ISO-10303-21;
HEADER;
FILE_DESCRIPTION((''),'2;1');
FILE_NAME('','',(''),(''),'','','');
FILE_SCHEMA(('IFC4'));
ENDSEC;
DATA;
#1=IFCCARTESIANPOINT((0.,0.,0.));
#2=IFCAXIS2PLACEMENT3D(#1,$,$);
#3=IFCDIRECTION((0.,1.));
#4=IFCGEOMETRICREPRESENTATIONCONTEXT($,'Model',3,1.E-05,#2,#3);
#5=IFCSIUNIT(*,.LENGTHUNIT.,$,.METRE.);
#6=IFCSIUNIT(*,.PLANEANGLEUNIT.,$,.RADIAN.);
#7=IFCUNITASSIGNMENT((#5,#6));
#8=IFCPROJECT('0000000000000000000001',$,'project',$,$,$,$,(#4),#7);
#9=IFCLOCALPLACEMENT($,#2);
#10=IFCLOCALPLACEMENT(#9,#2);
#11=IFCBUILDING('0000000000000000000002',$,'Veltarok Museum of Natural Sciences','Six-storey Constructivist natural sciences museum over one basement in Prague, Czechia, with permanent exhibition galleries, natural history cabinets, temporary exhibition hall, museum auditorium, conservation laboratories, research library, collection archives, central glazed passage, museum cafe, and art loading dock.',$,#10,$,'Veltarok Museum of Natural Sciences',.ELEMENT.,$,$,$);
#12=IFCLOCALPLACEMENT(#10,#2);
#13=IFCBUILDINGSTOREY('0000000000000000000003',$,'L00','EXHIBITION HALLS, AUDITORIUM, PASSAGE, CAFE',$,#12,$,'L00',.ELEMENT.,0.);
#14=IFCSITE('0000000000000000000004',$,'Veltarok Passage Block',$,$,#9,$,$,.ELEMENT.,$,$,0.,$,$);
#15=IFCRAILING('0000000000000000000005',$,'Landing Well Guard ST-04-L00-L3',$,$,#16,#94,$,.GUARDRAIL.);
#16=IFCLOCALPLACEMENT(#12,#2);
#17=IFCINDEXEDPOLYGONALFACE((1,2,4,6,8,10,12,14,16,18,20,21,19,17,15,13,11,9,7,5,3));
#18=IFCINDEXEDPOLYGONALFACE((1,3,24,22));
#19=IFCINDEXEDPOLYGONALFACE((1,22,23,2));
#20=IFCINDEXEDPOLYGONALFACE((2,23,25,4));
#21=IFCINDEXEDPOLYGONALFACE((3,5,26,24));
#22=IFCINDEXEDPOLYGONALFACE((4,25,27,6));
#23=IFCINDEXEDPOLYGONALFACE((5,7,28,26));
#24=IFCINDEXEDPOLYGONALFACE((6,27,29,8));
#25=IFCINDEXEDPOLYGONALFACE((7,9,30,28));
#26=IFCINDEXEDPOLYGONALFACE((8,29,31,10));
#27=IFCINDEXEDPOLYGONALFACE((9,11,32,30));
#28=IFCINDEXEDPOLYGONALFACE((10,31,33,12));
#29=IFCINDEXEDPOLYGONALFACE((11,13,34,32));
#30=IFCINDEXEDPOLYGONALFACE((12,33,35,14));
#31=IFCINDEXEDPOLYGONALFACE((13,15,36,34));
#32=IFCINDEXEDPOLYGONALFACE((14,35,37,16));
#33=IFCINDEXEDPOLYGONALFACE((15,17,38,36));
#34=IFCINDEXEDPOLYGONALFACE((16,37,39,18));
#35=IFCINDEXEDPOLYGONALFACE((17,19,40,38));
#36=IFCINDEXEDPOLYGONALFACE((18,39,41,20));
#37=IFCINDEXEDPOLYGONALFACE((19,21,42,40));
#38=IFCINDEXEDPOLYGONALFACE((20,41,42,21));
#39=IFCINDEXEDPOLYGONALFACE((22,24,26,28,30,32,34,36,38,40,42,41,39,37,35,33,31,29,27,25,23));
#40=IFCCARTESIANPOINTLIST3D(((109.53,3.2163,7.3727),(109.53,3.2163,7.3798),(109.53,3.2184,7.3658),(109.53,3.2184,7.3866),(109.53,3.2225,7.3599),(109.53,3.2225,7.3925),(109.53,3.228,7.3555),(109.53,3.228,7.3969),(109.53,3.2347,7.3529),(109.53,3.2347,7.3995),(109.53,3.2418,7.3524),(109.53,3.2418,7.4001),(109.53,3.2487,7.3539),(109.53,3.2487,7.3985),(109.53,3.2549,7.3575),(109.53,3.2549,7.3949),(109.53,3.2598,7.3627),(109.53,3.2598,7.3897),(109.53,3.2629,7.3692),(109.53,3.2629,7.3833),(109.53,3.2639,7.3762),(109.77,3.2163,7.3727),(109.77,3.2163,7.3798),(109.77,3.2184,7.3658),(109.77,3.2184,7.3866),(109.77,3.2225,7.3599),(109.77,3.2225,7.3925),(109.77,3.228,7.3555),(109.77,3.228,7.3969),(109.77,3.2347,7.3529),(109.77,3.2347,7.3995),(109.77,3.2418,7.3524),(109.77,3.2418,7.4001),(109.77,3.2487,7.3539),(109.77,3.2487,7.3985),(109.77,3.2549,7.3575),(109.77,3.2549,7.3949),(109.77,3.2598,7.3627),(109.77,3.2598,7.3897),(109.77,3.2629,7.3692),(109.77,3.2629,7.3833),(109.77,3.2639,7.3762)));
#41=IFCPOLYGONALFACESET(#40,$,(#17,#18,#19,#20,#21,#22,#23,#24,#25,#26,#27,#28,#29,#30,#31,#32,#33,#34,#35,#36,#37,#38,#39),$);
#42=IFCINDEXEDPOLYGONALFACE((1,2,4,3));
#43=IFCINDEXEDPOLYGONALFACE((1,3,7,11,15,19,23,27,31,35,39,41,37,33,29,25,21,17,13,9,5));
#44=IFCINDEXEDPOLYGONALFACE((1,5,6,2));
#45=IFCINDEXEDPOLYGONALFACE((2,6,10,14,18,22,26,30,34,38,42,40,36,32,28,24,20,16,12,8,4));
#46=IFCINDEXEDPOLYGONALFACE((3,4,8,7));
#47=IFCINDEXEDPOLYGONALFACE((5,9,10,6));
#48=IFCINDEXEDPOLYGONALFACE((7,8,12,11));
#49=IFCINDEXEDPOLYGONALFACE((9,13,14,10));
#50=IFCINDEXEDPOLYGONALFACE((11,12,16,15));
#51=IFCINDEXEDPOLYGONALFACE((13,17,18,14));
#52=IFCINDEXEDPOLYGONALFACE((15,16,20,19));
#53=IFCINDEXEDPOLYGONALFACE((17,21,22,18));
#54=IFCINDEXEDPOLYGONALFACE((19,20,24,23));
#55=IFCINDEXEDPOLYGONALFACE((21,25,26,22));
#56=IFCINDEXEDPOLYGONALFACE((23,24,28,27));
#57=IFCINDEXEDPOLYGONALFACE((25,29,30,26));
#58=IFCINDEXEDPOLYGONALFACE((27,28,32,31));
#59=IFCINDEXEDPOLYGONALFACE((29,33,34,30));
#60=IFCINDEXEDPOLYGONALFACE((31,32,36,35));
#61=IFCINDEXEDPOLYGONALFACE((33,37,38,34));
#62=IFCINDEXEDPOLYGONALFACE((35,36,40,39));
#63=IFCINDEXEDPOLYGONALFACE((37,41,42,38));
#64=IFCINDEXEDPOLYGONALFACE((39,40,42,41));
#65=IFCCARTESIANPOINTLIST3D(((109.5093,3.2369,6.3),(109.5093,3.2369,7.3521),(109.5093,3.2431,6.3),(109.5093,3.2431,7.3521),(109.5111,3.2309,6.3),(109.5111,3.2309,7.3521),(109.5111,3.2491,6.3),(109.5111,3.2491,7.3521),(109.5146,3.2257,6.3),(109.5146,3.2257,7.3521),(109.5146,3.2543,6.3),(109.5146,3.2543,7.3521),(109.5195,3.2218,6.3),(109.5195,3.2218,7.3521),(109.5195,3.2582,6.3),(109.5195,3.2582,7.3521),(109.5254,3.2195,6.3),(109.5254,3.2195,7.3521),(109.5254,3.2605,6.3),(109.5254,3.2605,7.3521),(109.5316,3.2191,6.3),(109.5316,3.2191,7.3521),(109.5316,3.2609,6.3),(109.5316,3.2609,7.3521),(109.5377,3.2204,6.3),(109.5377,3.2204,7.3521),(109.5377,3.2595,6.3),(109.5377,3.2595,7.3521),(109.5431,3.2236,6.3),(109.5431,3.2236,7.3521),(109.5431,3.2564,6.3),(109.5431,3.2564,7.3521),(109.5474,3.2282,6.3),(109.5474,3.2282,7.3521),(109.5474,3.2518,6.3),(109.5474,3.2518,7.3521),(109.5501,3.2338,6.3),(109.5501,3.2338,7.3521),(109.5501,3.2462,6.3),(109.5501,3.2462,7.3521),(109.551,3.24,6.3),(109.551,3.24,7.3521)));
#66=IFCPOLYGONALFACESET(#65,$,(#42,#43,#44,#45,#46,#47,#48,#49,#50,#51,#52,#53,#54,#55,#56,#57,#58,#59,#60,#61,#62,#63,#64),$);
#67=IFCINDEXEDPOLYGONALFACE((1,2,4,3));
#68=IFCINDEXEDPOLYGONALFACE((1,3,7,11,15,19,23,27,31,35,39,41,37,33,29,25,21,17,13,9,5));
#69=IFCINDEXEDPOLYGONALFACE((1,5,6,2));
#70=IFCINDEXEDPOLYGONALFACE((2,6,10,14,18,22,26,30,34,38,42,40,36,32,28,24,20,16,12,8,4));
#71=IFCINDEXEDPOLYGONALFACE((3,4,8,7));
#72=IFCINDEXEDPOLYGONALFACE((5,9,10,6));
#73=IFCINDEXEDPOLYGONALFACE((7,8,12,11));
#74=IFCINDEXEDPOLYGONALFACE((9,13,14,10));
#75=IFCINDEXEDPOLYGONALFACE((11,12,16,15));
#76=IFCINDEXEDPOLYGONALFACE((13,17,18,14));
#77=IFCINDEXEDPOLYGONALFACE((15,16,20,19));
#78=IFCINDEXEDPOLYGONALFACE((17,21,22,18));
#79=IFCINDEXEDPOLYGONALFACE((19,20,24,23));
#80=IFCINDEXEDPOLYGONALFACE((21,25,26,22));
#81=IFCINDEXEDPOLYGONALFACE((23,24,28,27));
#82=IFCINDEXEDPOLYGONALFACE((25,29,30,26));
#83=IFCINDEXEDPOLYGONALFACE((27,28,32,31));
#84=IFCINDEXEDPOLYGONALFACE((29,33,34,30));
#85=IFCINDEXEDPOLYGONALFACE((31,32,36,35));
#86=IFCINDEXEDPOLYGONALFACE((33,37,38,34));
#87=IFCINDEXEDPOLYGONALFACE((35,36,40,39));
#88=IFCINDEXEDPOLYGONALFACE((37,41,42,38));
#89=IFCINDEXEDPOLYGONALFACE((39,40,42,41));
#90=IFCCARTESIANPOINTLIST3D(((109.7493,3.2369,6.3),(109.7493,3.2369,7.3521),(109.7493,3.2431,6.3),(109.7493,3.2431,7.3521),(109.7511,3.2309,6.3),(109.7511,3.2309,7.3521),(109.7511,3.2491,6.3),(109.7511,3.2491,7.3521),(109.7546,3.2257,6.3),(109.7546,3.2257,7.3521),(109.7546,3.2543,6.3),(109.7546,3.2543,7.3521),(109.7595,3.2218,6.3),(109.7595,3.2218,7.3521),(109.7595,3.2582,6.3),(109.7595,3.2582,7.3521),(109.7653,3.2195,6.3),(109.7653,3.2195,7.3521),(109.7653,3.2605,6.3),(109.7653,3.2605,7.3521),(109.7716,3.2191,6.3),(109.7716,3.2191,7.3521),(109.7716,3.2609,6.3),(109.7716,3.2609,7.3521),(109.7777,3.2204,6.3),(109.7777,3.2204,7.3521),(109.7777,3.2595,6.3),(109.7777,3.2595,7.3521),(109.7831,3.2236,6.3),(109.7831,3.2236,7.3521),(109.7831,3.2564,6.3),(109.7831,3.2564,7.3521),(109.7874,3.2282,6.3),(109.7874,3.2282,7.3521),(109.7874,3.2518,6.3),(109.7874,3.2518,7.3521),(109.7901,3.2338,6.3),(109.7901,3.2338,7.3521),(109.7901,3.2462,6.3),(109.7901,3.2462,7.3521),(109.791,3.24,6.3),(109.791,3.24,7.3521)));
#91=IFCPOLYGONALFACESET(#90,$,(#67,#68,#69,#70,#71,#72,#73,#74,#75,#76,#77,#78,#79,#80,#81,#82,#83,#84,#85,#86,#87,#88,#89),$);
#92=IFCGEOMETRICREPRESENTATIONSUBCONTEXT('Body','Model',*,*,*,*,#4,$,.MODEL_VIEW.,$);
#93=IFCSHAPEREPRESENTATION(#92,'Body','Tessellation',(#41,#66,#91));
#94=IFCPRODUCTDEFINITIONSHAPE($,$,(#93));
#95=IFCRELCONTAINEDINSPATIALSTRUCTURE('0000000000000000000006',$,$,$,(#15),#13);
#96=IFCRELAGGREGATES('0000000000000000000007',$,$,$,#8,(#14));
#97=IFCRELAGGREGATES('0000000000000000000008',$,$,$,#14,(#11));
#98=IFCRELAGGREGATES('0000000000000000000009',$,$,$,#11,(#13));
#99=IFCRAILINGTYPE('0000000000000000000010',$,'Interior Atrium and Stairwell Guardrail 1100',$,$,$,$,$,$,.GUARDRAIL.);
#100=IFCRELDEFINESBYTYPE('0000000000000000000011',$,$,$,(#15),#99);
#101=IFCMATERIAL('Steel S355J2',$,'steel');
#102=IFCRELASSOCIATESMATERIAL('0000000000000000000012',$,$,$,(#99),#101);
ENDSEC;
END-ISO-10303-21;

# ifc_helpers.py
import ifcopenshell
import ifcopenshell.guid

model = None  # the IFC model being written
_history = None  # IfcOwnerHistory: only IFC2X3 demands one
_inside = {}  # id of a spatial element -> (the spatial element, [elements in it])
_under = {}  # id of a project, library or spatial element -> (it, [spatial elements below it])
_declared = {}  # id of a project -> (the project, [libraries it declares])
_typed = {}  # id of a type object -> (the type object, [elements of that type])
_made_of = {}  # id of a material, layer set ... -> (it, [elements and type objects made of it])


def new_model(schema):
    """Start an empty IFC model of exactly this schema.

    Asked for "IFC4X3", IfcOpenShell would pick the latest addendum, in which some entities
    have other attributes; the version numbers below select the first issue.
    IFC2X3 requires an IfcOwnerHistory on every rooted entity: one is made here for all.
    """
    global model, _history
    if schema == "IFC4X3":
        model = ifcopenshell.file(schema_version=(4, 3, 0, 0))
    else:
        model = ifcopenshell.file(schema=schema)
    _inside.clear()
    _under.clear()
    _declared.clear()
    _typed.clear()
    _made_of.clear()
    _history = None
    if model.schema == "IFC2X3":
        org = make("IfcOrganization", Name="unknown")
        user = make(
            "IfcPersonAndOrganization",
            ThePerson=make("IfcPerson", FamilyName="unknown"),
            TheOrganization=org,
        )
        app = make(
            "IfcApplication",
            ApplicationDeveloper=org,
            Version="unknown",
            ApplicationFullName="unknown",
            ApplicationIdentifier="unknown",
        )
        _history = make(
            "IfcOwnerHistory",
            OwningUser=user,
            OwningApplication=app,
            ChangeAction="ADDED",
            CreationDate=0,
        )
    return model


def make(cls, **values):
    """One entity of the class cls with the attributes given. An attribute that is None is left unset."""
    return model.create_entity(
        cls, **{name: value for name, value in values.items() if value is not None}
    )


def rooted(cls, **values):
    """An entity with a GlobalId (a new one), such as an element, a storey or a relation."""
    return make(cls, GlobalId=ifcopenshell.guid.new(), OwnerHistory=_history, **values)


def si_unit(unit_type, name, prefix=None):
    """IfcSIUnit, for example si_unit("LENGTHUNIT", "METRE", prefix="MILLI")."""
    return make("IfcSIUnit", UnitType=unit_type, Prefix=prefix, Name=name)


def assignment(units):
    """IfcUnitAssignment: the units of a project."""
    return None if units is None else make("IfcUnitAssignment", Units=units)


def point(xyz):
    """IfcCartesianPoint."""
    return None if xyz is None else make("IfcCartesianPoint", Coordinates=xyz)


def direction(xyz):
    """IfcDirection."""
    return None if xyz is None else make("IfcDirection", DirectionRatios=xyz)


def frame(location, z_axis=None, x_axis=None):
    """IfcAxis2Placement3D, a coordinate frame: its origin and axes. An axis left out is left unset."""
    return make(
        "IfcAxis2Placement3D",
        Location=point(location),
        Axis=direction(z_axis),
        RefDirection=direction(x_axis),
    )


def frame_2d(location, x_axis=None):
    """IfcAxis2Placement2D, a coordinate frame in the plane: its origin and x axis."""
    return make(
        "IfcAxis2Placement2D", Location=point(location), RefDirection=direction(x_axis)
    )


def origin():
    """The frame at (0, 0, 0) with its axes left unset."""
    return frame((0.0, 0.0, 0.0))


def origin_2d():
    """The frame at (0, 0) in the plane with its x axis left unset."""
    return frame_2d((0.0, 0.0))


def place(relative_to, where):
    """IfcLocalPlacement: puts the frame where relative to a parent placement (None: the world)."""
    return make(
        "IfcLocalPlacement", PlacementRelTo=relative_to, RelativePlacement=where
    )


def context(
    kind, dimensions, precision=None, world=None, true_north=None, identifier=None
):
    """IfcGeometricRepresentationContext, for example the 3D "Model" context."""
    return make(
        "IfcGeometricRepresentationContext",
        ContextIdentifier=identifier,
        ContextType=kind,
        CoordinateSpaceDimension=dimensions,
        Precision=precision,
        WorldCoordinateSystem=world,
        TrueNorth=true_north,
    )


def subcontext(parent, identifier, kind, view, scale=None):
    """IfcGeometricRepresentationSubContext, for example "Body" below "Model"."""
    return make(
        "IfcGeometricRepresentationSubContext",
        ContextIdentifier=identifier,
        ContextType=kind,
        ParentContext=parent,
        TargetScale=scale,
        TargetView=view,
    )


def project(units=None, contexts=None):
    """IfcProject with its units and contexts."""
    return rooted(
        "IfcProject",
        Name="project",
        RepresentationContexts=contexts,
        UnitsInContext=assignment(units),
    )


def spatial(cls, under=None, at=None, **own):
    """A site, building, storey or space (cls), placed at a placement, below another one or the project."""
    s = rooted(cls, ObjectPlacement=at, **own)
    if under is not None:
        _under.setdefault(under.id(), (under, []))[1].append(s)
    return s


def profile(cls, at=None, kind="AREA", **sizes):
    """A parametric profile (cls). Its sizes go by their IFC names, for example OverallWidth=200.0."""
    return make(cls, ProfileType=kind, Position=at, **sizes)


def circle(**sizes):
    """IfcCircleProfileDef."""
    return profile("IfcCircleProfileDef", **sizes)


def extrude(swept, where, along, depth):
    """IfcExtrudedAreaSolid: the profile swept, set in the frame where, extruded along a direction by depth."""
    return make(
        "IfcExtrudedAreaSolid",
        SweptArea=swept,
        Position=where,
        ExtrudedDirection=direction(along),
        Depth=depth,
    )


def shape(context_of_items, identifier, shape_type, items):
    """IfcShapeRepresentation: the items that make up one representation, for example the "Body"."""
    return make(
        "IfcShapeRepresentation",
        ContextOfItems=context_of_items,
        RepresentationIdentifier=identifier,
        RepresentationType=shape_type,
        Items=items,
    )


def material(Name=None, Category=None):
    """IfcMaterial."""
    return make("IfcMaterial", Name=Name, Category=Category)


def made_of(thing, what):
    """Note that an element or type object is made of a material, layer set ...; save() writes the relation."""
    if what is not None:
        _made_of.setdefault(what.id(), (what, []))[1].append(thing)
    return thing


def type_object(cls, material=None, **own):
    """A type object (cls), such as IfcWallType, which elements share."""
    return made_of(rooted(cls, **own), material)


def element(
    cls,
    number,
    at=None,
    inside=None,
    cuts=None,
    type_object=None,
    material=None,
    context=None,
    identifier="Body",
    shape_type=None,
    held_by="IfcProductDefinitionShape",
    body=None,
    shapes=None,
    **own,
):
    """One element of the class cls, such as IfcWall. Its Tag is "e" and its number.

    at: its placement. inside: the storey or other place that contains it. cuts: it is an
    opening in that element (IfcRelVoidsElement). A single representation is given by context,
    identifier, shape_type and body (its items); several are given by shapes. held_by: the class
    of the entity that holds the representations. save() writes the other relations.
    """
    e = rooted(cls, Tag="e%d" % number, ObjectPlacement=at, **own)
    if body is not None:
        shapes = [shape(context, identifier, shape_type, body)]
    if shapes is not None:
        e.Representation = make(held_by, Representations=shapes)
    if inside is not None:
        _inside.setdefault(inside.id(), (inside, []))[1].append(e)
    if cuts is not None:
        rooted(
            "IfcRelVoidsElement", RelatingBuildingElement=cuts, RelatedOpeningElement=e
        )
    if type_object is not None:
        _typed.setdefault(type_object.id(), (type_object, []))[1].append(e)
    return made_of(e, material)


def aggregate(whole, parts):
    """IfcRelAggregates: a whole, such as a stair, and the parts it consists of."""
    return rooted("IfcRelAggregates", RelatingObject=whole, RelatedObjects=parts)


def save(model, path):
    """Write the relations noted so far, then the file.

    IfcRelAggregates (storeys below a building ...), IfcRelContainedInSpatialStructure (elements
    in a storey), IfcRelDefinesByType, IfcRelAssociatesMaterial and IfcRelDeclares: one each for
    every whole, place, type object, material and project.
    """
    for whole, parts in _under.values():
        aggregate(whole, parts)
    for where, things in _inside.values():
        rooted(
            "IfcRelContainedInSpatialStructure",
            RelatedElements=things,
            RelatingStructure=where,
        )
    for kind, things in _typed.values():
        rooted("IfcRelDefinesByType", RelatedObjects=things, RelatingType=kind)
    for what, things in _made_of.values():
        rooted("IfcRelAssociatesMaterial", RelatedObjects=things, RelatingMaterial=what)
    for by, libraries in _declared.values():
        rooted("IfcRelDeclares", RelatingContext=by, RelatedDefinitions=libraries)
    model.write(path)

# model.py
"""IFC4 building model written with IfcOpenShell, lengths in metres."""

from ifc_helpers import new_model, si_unit, direction, frame, origin, origin_2d, place, context, subcontext, project, spatial, circle, extrude, material, type_object, element, save


model = new_model("IFC4")

# Units and contexts
model_context = context("Model", 3, precision=1e-05, world=origin(), true_north=direction((0.0, 1.0)))
body_context = subcontext(model_context, "Body", "Model", "MODEL_VIEW")
ifc_project = project(units=[si_unit("LENGTHUNIT", "METRE"), si_unit("PLANEANGLEUNIT", "RADIAN")], contexts=[model_context])

# Site, building, storey
site_placement = place(None, origin())
site = spatial("IfcSite", under=ifc_project, at=site_placement, Name="Veltarok Passage Block", CompositionType="ELEMENT", RefElevation=0.0)
building_placement = place(site_placement, origin())
building = spatial("IfcBuilding", under=site, at=building_placement, Name="Veltarok Museum of Natural Sciences", Description="Six-storey Constructivist natural sciences museum over one basement in Prague, Czechia, with permanent exhibition galleries, natural history cabinets, temporary exhibition hall, museum auditorium, conservation laboratories, research library, collection archives, central glazed passage, museum cafe, and art loading dock.", LongName="Veltarok Museum of Natural Sciences", CompositionType="ELEMENT")
storey_placement = place(building_placement, origin())
storey = spatial("IfcBuildingStorey", under=building, at=storey_placement, Name="L00", Description="EXHIBITION HALLS, AUDITORIUM, PASSAGE, CAFE", LongName="L00", CompositionType="ELEMENT", Elevation=0.0)

# Shared definitions
ifc_material_1 = material(Name="Steel S355J2", Category="steel")

# Railing
railing_type_1 = type_object("IfcRailingType", Name="Interior Atrium and Stairwell Guardrail 1100", PredefinedType="GUARDRAIL", material=ifc_material_1)
for number, where, name in (
    (1, (109.53, 3.24, 6.3), "Landing Well Guard ST-04-L00-L3"),
):
    element("IfcRailing", number, at=place(storey_placement, frame(where)), inside=storey, type_object=railing_type_1, Name=name, PredefinedType="GUARDRAIL", context=body_context, shape_type="SweptSolid", body=[
        extrude(circle(Radius=0.0239, at=origin_2d()), frame((0.0, 0.0, 1.0762), z_axis=(1.0, 0.0, 0.0), x_axis=(0.0, 1.0, 0.0)), (0.0, 0.0, 1.0), 0.24),
        extrude(circle(Radius=0.021, at=origin_2d()), origin(), (0.0, 0.0, 1.0), 1.052),
        extrude(circle(Radius=0.021, at=origin_2d()), frame((0.24, 0.0, 0.0)), (0.0, 0.0, 1.0), 1.052),
    ])

save(model, "model.ifc")
